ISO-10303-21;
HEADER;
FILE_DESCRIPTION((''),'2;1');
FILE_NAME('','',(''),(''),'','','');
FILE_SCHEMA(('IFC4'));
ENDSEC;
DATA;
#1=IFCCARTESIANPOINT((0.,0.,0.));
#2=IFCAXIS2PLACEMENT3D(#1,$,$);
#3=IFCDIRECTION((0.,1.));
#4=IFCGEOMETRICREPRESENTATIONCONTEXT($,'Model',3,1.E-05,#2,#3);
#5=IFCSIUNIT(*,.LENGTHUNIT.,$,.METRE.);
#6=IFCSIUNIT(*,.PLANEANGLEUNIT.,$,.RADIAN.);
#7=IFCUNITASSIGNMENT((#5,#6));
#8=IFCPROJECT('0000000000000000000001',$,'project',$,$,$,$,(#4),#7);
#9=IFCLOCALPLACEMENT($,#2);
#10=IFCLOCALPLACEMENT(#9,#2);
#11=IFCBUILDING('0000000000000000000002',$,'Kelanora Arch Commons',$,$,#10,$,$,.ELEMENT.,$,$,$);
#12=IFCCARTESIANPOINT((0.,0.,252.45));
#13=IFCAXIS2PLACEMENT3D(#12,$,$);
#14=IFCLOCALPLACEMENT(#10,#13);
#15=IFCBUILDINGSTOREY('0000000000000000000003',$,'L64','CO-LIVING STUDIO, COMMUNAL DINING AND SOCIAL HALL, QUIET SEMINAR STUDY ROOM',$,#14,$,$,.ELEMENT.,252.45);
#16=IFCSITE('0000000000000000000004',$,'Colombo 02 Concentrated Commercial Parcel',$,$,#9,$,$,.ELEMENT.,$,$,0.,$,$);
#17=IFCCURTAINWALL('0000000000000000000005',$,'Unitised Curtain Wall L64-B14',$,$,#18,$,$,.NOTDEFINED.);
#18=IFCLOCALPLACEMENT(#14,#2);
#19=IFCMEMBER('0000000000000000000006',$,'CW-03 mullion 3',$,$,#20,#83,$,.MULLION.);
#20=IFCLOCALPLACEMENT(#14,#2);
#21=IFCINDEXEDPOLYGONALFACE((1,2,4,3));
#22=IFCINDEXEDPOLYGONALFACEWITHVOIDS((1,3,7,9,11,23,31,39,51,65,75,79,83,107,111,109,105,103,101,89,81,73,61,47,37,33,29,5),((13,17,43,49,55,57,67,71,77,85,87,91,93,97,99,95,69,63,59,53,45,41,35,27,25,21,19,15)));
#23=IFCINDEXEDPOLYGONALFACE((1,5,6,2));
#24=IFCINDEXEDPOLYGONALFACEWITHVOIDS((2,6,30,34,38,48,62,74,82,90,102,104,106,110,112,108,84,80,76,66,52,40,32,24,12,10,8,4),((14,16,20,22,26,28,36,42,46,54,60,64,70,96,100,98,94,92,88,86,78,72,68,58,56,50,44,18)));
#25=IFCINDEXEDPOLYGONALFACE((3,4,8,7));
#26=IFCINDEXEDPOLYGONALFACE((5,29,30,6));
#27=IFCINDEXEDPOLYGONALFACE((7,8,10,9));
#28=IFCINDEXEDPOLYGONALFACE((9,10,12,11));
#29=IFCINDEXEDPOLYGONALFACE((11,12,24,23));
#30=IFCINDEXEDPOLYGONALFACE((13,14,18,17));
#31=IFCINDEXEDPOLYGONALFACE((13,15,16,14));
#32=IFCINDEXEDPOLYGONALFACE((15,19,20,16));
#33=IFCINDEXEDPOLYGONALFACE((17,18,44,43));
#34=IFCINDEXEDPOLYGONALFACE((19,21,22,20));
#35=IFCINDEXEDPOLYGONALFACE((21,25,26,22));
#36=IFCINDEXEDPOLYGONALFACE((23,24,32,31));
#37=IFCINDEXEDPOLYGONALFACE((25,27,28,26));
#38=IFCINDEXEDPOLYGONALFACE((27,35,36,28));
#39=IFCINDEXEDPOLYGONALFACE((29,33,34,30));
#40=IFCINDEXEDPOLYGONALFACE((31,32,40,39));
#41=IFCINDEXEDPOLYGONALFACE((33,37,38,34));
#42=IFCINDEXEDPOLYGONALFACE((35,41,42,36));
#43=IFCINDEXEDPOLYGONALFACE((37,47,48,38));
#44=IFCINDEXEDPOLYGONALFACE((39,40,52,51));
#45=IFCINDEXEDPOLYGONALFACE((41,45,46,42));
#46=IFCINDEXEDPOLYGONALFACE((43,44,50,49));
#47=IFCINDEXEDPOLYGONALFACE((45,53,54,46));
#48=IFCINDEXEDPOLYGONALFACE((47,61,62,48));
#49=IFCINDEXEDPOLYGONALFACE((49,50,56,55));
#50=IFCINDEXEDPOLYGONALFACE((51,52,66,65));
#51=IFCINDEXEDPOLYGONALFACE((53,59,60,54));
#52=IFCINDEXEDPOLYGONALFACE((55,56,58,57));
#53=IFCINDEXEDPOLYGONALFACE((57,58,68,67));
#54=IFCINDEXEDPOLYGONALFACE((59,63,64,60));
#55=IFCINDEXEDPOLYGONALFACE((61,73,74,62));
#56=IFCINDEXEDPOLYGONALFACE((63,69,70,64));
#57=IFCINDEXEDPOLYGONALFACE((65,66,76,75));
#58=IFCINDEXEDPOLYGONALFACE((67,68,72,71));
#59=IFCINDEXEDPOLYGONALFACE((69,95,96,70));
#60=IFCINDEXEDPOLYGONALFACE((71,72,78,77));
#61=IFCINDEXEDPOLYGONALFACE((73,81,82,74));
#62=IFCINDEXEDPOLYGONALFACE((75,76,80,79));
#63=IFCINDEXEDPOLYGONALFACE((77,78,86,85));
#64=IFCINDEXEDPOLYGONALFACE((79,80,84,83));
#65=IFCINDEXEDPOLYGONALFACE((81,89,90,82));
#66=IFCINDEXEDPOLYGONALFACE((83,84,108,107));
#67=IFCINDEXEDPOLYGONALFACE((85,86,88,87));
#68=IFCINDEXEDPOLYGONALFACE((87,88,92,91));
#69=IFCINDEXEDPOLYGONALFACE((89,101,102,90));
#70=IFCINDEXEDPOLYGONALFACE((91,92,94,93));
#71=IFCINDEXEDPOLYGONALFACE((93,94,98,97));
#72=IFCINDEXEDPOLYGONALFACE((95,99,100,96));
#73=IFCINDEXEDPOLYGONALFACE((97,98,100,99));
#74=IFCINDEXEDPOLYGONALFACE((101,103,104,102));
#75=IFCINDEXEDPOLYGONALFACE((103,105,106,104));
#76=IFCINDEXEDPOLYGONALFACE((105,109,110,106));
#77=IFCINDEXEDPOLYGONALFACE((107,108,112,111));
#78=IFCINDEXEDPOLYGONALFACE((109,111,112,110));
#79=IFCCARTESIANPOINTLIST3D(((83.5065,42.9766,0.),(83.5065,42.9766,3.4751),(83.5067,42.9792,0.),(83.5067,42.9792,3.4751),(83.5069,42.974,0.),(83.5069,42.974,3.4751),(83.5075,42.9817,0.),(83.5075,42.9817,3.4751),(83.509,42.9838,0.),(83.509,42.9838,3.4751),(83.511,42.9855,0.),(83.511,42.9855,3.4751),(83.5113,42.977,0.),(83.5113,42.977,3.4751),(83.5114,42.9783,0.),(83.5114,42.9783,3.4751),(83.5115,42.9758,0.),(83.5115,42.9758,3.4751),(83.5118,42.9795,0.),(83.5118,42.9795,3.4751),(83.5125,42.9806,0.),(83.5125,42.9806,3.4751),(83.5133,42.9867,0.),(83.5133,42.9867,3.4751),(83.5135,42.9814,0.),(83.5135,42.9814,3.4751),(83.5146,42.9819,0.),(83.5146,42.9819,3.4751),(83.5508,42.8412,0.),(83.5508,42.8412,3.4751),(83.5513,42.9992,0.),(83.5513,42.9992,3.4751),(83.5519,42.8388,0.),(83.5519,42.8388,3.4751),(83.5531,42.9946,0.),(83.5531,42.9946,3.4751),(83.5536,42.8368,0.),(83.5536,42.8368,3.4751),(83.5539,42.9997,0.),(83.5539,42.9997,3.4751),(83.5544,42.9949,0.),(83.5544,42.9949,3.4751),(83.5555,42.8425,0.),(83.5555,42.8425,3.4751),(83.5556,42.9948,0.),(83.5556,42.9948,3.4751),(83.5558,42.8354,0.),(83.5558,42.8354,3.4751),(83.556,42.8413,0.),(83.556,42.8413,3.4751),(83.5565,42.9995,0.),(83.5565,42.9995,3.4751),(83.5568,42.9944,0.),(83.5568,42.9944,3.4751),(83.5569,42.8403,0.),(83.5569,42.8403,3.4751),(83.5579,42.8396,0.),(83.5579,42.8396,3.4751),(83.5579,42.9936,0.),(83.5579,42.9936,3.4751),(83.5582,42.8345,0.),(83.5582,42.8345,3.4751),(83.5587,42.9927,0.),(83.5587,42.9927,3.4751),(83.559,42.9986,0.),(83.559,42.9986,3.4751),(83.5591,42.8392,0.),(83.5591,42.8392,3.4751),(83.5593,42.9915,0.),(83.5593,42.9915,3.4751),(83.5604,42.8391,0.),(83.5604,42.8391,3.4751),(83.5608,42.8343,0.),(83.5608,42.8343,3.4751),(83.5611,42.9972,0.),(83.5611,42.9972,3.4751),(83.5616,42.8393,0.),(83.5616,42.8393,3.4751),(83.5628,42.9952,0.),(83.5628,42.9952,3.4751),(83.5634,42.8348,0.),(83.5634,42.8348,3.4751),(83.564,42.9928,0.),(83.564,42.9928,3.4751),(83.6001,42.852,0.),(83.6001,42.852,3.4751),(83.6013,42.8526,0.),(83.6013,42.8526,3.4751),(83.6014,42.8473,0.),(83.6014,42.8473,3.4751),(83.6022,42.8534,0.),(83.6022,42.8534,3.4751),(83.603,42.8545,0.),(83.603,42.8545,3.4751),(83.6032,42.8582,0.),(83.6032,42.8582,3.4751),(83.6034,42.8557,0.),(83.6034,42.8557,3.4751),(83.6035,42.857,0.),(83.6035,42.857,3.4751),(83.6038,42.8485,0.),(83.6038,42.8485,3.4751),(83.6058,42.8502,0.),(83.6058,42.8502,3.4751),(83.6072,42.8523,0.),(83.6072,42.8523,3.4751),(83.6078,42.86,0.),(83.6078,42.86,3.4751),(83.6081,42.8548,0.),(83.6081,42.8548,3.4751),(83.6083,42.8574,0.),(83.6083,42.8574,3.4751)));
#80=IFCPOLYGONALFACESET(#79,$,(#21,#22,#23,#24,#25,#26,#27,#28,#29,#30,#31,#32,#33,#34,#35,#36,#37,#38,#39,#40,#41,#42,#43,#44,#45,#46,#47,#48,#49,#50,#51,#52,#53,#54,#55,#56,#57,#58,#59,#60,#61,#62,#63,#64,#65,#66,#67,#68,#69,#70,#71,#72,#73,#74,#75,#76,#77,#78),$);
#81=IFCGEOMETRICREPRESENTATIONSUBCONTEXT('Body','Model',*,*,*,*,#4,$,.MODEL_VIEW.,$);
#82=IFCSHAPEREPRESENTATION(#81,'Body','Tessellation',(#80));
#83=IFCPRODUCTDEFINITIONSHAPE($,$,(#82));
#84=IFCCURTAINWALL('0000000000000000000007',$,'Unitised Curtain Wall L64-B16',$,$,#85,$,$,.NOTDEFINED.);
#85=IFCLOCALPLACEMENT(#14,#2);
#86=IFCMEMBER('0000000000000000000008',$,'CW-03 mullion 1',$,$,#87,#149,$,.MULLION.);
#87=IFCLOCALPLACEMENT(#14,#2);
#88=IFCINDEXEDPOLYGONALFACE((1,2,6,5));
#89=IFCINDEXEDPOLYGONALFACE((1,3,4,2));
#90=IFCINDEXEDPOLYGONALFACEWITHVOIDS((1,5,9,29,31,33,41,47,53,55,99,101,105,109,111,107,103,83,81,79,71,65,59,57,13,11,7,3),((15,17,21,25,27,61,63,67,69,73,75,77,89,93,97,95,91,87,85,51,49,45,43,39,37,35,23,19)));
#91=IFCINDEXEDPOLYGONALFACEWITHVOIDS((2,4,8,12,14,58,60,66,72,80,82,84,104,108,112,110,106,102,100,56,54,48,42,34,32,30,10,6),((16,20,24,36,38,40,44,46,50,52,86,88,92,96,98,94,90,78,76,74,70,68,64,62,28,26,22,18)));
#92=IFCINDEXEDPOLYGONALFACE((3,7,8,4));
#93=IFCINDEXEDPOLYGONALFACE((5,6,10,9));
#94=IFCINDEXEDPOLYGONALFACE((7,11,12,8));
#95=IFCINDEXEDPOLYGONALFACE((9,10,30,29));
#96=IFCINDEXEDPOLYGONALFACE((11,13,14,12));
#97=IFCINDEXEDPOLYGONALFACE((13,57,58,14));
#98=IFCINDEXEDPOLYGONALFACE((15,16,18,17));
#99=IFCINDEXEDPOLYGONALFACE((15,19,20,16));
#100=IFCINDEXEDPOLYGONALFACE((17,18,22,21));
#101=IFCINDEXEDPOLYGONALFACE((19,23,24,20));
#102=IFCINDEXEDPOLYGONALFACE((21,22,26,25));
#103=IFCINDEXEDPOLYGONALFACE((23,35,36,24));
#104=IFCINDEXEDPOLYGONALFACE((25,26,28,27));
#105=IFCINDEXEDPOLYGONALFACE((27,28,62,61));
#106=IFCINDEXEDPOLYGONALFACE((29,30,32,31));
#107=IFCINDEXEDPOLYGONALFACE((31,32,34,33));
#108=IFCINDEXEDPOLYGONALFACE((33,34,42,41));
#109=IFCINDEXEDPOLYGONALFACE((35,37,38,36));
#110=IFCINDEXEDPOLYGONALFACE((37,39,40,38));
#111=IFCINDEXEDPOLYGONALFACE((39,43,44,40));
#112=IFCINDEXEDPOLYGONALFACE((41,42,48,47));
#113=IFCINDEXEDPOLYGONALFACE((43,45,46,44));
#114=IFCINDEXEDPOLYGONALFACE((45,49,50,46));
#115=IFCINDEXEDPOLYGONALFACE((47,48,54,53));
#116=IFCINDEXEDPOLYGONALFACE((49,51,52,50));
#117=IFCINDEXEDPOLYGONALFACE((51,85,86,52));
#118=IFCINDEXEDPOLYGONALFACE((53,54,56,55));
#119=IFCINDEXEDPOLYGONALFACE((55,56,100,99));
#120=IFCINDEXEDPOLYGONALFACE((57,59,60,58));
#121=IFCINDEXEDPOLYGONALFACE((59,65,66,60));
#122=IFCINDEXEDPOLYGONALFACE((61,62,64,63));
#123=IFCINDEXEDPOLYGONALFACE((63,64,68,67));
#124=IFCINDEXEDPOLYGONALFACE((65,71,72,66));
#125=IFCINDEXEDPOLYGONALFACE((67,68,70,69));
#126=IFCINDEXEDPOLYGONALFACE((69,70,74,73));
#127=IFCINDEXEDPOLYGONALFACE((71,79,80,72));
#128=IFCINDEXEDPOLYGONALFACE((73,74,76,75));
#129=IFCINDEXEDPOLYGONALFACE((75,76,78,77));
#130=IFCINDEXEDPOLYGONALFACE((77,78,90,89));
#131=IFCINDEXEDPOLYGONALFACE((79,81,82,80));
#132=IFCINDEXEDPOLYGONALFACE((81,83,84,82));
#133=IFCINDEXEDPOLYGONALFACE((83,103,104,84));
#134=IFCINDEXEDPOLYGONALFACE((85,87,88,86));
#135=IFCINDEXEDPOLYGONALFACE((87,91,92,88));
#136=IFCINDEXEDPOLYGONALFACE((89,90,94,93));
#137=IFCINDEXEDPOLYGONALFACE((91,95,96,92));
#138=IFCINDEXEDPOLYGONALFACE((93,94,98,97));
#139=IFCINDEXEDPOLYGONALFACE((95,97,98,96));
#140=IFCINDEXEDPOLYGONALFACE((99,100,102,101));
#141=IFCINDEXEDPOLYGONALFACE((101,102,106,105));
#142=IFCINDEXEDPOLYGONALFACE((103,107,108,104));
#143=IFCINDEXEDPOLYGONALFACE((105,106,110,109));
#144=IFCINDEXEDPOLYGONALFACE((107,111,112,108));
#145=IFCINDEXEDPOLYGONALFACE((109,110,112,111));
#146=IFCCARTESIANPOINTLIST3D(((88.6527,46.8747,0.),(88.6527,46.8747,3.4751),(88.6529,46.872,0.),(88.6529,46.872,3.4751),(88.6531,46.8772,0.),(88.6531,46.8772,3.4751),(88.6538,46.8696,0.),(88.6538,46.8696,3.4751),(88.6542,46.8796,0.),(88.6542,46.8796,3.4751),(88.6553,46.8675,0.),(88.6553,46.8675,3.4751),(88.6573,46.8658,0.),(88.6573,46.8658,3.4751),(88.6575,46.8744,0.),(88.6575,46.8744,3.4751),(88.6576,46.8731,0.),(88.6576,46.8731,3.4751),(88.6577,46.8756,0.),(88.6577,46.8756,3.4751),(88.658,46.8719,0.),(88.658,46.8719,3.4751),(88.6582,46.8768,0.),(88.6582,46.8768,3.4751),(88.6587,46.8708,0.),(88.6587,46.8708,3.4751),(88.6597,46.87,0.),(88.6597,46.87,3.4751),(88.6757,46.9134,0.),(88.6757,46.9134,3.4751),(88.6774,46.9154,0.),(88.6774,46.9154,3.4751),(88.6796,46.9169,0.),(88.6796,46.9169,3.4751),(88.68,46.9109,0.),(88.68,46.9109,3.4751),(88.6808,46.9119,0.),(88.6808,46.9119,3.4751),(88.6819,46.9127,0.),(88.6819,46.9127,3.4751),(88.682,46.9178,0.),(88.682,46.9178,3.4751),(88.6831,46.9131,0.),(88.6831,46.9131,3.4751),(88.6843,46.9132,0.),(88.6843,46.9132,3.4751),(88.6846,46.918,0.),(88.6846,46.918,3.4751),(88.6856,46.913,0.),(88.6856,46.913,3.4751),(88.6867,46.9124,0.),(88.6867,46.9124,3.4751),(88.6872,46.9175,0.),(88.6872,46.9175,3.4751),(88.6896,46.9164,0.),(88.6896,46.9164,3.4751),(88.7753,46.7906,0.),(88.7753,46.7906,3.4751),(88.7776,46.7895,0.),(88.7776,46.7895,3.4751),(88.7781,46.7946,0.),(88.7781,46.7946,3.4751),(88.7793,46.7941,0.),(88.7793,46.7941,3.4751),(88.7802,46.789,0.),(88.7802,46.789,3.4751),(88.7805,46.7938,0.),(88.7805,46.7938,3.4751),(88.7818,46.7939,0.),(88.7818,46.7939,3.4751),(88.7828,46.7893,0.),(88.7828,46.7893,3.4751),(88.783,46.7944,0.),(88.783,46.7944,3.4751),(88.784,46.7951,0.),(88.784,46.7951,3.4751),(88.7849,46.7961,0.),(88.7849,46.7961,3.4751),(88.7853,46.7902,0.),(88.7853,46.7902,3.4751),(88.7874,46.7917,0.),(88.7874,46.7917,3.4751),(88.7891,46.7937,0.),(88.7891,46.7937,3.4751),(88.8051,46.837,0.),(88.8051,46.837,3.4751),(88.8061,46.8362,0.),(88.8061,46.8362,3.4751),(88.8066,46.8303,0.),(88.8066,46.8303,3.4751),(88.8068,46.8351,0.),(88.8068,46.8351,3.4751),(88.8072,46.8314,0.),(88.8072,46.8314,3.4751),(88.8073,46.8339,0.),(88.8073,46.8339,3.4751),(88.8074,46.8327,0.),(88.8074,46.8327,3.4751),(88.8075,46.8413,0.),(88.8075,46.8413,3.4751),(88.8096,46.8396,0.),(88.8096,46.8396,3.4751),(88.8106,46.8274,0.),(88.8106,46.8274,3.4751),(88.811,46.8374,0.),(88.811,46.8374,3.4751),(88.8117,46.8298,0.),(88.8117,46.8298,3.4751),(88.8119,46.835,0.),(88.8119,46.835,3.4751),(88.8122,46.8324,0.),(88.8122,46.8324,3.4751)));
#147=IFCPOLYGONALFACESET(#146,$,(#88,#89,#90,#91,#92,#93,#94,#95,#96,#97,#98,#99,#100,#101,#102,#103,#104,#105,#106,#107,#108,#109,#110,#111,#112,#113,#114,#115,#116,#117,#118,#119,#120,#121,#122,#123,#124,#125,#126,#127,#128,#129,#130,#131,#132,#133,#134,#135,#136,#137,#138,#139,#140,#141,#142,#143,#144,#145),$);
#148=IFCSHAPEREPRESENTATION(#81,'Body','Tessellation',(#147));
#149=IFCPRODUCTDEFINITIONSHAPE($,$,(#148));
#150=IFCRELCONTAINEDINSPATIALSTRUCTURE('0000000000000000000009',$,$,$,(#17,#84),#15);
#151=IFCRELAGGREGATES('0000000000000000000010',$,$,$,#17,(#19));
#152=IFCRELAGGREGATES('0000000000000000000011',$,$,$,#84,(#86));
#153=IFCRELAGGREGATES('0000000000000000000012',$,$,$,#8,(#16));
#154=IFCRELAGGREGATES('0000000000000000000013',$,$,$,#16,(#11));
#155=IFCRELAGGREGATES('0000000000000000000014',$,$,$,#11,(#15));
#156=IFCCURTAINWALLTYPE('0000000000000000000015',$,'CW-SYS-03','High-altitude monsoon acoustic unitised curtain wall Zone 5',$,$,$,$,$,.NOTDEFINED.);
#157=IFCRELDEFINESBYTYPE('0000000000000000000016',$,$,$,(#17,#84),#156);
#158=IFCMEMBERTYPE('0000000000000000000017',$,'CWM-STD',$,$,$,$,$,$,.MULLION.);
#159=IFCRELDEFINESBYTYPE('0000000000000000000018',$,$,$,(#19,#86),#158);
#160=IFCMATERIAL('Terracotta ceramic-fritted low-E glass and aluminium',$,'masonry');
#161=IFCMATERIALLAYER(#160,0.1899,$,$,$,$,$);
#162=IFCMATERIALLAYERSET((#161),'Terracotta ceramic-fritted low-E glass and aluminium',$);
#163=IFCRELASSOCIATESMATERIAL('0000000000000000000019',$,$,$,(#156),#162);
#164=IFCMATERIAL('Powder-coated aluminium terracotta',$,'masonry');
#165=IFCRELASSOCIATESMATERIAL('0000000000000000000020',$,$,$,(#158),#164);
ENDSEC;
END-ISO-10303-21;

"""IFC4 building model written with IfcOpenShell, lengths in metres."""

from ifc_helpers import new_model, si_unit, direction, frame, origin, origin_2d, place, context, subcontext, project, spatial, hollow_rectangle, extrude, material, layer, layer_set, material_profile, profile_set, type_object, element, aggregate, save


model = new_model("IFC4")

# Units and contexts
model_context = context("Model", 3, precision=1e-05, world=origin(), true_north=direction((0.0, 1.0)))
body_context = subcontext(model_context, "Body", "Model", "MODEL_VIEW")
ifc_project = project(units=[si_unit("LENGTHUNIT", "METRE"), si_unit("PLANEANGLEUNIT", "RADIAN")], contexts=[model_context])

# Site, building, storey
site_placement = place(None, origin())
site = spatial("IfcSite", under=ifc_project, at=site_placement, Name="Colombo 02 Concentrated Commercial Parcel", CompositionType="ELEMENT", RefElevation=0.0)
building_placement = place(site_placement, origin())
building = spatial("IfcBuilding", under=site, at=building_placement, Name="Kelanora Arch Commons", CompositionType="ELEMENT")
storey_placement = place(building_placement, frame((0.0, 0.0, 252.45)))
storey = spatial("IfcBuildingStorey", under=building, at=storey_placement, Name="L64", Description="CO-LIVING STUDIO, COMMUNAL DINING AND SOCIAL HALL, QUIET SEMINAR STUDY ROOM", CompositionType="ELEMENT", Elevation=252.45)

# Curtain wall, member
ifc_material_1 = material(Name="Terracotta ceramic-fritted low-E glass and aluminium", Category="masonry")
ifc_layer_1 = layer(ifc_material_1, 0.1899)
ifc_layer_set_1 = layer_set([ifc_layer_1], Name="Terracotta ceramic-fritted low-E glass and aluminium")
curtain_wall_type = type_object("IfcCurtainWallType", Name="CW-SYS-03", Description="High-altitude monsoon acoustic unitised curtain wall Zone 5", PredefinedType="NOTDEFINED", material=ifc_layer_set_1)
curtain_wall_1_placement = place(storey_placement, origin())
curtain_wall_1 = element("IfcCurtainWall", 1, at=curtain_wall_1_placement, inside=storey, type_object=curtain_wall_type, Name="Unitised Curtain Wall L64-B14", PredefinedType="NOTDEFINED")
ifc_material_2 = material(Name="Powder-coated aluminium terracotta", Category="masonry")
ifc_material_profile_1 = material_profile(ifc_material_2, hollow_rectangle(XDim=0.1599, YDim=0.0601, WallThickness=0.0049, InnerFilletRadius=0.0049, OuterFilletRadius=0.01, at=origin_2d()), Name="CWM160x60")
ifc_profile_set_1 = profile_set([ifc_material_profile_1], Name="Powder-coated aluminium terracotta")
member_type_1 = type_object("IfcMemberType", Name="CWM-STD", PredefinedType="MULLION", material=ifc_profile_set_1)
member_1_placement = place(storey_placement, frame((83.5574, 42.917, 0.0), z_axis=(0.0, 0.0, 1.0), x_axis=(-0.313253, 0.94967, 0.0)))
member_1 = element("IfcMember", 2, at=member_1_placement, type_object=member_type_1, Name="CW-03 mullion 3", PredefinedType="MULLION", context=body_context, shape_type="SweptSolid", body=[
    extrude(hollow_rectangle(XDim=0.1599, YDim=0.0601, WallThickness=0.0049, InnerFilletRadius=0.0049, OuterFilletRadius=0.01, at=origin_2d()), origin(), (0.0, 0.0, 1.0), 3.4751),
])
aggregate(curtain_wall_1, [member_1])

# Curtain wall, member
curtain_wall_2_placement = place(storey_placement, origin())
curtain_wall_2 = element("IfcCurtainWall", 3, at=curtain_wall_2_placement, inside=storey, type_object=curtain_wall_type, Name="Unitised Curtain Wall L64-B16", PredefinedType="NOTDEFINED")
member_2_placement = place(storey_placement, frame((88.7324, 46.8535, 0.0), z_axis=(0.0, 0.0, 1.0), x_axis=(-0.843391, 0.5373, 0.0)))
member_2 = element("IfcMember", 4, at=member_2_placement, type_object=member_type_1, Name="CW-03 mullion 1", PredefinedType="MULLION", context=body_context, shape_type="SweptSolid", body=[
    extrude(hollow_rectangle(XDim=0.1599, YDim=0.0601, WallThickness=0.0049, InnerFilletRadius=0.0049, OuterFilletRadius=0.01, at=origin_2d()), origin(), (0.0, 0.0, 1.0), 3.4751),
])
aggregate(curtain_wall_2, [member_2])

save(model, "model.ifc")
